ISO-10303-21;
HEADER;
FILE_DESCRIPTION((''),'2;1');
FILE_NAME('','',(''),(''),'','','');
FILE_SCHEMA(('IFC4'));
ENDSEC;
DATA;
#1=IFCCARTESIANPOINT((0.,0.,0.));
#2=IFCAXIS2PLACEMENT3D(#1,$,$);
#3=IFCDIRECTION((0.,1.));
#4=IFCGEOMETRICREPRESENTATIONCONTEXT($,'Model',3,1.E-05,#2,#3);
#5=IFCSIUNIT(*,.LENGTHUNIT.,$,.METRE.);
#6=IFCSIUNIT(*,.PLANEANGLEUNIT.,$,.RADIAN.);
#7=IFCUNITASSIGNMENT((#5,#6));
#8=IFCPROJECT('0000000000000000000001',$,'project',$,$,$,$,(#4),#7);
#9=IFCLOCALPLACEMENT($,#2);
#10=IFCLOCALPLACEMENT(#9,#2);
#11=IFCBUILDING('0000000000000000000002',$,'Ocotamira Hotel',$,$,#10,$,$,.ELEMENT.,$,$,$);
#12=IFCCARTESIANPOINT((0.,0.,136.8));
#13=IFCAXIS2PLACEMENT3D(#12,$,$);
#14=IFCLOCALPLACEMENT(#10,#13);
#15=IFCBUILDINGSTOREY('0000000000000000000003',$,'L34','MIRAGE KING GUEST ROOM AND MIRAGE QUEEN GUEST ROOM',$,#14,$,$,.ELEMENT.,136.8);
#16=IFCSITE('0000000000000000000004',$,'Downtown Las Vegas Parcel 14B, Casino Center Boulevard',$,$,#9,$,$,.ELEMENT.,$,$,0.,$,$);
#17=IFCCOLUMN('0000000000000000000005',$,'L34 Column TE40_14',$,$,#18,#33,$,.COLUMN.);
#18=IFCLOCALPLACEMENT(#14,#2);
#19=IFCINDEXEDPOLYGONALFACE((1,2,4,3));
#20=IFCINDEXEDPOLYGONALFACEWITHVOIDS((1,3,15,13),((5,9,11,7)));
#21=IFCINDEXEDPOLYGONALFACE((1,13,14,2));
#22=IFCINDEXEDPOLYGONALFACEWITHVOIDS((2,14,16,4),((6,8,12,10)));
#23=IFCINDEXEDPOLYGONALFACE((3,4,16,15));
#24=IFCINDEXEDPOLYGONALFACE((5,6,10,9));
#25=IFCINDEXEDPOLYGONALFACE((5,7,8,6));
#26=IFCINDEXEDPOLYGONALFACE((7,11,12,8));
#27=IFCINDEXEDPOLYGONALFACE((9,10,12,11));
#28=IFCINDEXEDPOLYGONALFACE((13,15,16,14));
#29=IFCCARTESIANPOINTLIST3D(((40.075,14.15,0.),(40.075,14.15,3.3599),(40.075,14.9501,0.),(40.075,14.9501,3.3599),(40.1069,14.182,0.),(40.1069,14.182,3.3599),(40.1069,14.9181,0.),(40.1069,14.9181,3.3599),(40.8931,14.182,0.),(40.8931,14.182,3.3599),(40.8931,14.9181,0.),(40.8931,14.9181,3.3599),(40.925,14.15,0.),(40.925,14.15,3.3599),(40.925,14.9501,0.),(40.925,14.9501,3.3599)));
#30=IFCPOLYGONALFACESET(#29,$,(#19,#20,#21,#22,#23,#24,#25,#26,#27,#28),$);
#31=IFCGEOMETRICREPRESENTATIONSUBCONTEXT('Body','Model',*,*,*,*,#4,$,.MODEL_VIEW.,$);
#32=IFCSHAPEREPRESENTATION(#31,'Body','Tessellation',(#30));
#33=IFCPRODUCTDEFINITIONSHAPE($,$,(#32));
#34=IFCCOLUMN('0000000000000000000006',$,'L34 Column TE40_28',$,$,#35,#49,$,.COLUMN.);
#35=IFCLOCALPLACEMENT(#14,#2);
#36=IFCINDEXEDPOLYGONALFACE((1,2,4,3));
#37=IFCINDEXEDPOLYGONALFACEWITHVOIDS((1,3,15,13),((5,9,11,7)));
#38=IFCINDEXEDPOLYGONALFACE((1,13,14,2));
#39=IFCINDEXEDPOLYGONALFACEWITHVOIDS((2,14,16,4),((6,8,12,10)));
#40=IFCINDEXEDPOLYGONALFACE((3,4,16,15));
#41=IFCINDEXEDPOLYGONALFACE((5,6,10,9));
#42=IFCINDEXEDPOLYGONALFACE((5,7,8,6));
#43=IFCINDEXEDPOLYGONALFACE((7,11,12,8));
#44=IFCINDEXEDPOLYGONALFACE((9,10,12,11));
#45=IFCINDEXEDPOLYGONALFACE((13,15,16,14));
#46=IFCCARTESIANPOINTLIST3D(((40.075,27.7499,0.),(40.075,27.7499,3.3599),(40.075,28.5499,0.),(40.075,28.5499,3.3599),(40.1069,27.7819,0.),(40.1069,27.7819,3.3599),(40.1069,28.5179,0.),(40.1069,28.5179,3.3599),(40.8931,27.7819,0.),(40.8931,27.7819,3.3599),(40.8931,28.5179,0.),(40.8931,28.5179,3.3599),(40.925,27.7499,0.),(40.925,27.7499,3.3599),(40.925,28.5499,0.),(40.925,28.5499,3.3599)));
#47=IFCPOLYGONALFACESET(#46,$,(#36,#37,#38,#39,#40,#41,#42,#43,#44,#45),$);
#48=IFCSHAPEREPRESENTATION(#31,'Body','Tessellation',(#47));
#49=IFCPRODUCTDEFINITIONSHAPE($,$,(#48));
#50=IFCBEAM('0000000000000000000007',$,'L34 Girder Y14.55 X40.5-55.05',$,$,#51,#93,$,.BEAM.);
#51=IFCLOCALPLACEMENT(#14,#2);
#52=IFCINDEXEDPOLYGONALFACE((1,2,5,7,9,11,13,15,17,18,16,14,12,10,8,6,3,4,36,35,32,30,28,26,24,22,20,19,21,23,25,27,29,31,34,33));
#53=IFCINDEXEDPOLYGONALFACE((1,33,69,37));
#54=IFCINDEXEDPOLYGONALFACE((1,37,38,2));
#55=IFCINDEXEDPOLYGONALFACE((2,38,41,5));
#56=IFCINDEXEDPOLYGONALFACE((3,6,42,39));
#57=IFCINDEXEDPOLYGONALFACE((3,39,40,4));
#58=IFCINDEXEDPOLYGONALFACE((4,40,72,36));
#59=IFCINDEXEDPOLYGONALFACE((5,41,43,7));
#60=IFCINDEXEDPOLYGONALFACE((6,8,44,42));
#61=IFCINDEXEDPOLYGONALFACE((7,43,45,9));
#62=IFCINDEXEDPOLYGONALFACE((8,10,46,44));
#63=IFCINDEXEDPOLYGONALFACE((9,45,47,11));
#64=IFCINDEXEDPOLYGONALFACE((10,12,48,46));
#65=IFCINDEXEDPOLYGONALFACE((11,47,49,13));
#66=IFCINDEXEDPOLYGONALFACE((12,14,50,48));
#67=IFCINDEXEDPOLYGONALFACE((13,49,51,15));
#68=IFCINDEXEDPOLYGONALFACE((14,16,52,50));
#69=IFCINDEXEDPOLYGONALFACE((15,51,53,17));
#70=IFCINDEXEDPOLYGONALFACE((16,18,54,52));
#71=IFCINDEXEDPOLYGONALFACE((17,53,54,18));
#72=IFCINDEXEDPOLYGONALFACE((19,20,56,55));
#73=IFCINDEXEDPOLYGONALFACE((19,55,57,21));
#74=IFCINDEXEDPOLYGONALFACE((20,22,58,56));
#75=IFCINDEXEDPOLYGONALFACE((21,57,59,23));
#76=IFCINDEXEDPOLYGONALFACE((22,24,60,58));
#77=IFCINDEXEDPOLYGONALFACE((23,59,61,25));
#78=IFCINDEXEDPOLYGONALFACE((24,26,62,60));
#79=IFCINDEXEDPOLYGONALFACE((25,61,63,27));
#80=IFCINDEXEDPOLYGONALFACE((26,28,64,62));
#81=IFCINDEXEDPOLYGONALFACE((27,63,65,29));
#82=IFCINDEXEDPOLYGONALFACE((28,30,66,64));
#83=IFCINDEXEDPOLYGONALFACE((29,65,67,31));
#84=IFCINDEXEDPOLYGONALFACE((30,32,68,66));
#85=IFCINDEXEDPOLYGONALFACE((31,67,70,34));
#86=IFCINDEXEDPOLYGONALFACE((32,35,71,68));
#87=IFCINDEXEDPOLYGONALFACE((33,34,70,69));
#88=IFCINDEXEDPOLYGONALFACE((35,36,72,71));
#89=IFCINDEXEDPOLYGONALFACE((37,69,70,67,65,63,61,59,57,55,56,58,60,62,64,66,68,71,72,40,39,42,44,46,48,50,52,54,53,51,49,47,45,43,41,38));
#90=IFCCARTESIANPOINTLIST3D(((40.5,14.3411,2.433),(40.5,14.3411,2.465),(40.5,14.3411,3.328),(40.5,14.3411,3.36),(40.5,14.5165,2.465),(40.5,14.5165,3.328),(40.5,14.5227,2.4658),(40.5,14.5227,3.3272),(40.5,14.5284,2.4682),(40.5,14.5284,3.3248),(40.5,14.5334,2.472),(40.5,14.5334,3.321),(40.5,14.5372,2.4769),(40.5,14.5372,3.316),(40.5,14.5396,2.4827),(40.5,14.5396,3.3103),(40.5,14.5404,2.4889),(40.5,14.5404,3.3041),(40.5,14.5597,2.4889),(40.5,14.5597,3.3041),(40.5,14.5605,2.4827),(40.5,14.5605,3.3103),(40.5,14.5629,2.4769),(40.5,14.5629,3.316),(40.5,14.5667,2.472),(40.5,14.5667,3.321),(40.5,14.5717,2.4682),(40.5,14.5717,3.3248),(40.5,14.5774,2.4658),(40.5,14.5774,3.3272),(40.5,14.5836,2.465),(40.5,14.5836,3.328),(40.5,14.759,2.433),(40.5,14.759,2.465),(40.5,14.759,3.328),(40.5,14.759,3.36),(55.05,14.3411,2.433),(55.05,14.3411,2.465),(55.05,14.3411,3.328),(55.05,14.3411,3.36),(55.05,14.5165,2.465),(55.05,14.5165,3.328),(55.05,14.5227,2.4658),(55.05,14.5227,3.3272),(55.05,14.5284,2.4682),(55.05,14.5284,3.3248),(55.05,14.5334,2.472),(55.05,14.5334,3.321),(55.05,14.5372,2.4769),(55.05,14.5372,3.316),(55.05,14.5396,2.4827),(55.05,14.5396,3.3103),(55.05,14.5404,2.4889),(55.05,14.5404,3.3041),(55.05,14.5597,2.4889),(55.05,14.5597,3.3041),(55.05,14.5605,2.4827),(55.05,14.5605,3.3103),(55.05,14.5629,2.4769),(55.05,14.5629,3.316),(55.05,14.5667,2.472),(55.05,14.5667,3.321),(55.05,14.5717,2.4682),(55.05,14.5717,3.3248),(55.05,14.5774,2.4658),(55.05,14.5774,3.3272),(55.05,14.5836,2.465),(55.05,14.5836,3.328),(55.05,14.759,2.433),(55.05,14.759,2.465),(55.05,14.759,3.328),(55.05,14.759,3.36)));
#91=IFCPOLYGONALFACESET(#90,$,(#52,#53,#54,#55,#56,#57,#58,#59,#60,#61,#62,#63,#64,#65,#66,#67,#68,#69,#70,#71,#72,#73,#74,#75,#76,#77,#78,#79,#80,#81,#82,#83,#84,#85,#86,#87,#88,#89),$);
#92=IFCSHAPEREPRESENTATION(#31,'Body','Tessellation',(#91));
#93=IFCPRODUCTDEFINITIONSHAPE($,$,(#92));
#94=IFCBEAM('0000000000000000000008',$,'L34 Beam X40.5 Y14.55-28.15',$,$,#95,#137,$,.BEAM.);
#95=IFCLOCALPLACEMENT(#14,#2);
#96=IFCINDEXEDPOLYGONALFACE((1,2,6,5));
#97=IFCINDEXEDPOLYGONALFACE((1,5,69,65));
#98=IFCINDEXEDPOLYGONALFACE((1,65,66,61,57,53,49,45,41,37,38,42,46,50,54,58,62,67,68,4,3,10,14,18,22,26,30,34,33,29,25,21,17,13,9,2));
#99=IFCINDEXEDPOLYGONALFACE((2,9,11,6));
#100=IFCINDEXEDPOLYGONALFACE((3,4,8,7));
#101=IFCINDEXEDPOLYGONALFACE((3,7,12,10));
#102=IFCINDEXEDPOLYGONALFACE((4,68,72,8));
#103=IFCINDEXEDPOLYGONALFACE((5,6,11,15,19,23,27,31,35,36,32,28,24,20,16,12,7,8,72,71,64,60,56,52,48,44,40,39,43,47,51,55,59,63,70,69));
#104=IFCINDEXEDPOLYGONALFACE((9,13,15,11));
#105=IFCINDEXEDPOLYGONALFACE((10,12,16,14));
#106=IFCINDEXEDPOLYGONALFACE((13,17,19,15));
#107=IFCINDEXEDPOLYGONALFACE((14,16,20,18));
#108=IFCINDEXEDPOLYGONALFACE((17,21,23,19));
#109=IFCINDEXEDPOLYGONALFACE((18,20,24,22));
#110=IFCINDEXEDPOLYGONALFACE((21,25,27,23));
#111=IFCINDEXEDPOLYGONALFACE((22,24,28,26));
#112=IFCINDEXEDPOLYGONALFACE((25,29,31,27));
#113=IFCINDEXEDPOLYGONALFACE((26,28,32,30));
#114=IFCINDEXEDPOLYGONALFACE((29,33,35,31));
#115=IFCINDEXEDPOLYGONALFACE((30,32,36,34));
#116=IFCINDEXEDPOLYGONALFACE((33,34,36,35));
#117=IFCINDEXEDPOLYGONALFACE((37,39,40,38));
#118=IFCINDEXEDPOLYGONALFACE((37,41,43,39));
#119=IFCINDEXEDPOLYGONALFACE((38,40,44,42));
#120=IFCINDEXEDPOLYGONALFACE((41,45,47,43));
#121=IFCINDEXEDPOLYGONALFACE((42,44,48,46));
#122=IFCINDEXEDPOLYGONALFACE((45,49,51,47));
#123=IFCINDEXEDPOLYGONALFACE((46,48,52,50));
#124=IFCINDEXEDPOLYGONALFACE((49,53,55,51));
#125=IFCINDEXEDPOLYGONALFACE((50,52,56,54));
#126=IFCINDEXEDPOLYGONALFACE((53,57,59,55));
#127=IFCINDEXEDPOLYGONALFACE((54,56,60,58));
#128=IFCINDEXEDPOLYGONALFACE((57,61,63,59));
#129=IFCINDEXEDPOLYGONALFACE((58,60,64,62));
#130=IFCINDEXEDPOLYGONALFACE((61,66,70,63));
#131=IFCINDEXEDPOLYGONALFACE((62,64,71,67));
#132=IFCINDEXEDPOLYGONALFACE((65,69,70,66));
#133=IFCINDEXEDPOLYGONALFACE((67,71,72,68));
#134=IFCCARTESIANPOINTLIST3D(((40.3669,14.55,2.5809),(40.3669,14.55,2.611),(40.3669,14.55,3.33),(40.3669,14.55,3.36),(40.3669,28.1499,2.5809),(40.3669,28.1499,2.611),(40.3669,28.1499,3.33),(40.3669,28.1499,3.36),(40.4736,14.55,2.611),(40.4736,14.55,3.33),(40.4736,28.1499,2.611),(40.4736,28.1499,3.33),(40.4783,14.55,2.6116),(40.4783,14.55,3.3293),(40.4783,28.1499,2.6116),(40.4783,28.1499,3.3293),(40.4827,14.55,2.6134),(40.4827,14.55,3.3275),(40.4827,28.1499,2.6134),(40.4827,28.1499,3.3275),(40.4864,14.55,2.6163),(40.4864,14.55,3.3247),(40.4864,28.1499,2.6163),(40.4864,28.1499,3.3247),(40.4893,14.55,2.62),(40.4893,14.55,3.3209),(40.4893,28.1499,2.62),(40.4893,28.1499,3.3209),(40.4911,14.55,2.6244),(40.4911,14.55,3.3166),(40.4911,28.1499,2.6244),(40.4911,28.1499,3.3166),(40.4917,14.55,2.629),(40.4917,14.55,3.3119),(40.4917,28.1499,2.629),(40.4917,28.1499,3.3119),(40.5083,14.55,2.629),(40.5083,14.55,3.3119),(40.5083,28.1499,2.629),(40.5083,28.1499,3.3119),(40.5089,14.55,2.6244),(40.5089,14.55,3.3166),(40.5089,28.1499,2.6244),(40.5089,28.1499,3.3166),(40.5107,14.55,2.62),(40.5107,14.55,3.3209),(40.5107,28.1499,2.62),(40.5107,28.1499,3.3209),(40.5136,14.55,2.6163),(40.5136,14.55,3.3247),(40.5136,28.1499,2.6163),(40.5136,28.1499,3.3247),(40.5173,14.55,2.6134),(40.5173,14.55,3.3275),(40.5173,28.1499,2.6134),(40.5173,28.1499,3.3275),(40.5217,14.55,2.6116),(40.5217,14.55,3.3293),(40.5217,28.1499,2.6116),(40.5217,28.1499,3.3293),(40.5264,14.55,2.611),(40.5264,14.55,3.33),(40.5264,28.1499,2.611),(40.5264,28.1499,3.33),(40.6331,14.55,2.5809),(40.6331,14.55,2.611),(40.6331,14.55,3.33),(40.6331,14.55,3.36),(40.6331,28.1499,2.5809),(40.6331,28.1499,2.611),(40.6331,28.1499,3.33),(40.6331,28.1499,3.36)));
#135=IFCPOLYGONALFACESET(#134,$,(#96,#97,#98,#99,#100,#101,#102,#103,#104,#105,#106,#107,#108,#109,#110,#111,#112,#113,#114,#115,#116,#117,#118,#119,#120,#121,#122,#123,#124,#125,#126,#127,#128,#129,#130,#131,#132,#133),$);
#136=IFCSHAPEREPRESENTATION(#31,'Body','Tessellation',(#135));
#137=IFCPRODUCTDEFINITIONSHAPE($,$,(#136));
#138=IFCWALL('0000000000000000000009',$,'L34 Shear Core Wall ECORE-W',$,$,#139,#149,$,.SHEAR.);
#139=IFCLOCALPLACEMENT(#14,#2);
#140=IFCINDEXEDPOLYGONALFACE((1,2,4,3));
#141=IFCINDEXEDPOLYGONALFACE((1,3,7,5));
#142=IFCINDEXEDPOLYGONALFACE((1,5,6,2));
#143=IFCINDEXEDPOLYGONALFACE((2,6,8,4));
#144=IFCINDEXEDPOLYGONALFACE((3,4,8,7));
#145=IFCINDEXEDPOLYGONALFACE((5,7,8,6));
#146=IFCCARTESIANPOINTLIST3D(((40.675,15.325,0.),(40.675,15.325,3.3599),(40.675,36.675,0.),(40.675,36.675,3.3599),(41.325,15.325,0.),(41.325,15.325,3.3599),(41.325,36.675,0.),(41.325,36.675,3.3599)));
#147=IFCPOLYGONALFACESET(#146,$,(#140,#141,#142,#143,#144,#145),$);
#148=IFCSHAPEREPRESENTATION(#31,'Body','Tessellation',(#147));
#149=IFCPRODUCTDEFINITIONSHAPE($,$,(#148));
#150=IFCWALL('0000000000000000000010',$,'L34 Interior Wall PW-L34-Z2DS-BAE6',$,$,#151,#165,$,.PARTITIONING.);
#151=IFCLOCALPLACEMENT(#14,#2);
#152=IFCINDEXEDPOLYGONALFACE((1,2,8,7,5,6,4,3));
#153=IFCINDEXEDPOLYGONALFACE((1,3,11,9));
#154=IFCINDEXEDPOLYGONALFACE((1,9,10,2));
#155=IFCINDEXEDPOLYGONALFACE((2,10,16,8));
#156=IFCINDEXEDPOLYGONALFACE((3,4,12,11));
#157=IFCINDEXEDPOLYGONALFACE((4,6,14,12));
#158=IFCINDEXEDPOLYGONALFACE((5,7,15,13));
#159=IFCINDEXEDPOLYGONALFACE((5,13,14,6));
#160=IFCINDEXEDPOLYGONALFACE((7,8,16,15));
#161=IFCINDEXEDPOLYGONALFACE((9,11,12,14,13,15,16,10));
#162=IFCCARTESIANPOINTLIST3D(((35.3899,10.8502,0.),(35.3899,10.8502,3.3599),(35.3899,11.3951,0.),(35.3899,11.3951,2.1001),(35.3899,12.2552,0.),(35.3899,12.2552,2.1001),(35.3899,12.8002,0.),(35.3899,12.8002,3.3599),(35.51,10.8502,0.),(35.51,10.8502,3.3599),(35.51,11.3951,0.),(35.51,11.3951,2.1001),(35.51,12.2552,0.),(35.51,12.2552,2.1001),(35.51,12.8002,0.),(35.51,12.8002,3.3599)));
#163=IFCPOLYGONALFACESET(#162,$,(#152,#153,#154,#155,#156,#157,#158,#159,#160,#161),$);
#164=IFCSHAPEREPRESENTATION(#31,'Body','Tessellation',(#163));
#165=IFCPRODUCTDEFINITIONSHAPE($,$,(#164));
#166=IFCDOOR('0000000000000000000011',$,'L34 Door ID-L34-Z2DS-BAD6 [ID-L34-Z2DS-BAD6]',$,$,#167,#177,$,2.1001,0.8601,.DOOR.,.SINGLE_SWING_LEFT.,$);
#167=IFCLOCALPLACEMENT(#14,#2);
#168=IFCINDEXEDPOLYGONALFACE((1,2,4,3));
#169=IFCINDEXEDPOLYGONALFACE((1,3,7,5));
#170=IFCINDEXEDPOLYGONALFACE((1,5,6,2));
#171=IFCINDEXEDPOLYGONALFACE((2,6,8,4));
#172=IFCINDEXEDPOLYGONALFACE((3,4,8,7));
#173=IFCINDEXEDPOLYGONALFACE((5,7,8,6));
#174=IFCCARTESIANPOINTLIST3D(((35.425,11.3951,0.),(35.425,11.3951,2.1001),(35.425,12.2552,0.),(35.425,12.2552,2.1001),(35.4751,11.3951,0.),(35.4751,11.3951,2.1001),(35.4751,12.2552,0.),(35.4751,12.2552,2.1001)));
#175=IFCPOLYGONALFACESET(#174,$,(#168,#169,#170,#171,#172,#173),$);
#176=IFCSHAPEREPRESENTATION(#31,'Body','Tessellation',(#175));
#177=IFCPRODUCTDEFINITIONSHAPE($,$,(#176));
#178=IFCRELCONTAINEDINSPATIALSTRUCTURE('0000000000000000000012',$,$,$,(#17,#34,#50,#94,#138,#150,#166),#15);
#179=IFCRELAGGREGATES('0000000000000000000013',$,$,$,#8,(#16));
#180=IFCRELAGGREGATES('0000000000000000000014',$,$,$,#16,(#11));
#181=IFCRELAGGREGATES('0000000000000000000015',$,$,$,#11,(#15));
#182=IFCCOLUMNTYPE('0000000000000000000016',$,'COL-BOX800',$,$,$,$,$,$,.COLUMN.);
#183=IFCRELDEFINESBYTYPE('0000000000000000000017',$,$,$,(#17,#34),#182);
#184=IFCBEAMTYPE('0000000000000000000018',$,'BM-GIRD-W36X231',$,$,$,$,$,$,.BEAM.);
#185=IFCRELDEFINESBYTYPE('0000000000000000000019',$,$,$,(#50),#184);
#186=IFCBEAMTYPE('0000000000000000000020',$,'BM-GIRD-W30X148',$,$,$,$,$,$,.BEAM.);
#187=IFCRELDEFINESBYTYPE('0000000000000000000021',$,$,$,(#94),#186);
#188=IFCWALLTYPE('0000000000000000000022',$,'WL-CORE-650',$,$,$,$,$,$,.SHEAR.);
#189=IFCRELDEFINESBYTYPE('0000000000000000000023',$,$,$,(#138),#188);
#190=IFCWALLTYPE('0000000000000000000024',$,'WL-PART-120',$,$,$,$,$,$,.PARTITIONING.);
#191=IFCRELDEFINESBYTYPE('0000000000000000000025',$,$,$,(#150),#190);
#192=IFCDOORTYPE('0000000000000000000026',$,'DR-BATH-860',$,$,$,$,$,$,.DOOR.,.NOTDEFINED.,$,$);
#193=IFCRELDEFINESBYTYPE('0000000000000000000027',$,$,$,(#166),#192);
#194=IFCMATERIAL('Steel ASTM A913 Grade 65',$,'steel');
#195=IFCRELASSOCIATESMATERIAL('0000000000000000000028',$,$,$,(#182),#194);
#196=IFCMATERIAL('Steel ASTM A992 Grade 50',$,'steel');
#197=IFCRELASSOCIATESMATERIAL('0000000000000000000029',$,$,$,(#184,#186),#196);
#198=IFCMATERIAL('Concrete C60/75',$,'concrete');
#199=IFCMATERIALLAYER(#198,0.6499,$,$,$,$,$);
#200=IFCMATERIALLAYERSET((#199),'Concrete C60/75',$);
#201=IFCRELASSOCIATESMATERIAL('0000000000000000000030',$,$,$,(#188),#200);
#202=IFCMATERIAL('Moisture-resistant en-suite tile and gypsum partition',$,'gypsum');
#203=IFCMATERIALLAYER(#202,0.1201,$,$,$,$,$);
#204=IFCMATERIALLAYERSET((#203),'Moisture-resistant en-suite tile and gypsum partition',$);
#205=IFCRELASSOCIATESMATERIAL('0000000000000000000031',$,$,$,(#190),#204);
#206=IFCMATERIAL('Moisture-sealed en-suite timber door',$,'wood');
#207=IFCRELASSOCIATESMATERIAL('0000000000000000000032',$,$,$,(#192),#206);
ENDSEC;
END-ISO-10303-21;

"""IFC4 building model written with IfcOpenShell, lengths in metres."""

from ifc_helpers import new_model, si_unit, direction, frame, frame_2d, origin, origin_2d, place, context, subcontext, project, spatial, rectangle, hollow_rectangle, i_section, extrude, source, transform, mapped, material, layer, layer_set, material_profile, profile_set, type_object, element, fill, save


model = new_model("IFC4")

# Units and contexts
model_context = context("Model", 3, precision=1e-05, world=origin(), true_north=direction((0.0, 1.0)))
body_context = subcontext(model_context, "Body", "Model", "MODEL_VIEW")
ifc_project = project(units=[si_unit("LENGTHUNIT", "METRE"), si_unit("PLANEANGLEUNIT", "RADIAN")], contexts=[model_context])

# Site, building, storey
site_placement = place(None, origin())
site = spatial("IfcSite", under=ifc_project, at=site_placement, Name="Downtown Las Vegas Parcel 14B, Casino Center Boulevard", CompositionType="ELEMENT", RefElevation=0.0)
building_placement = place(site_placement, origin())
building = spatial("IfcBuilding", under=site, at=building_placement, Name="Ocotamira Hotel", CompositionType="ELEMENT")
storey_placement = place(building_placement, frame((0.0, 0.0, 136.8)))
storey = spatial("IfcBuildingStorey", under=building, at=storey_placement, Name="L34", Description="MIRAGE KING GUEST ROOM AND MIRAGE QUEEN GUEST ROOM", CompositionType="ELEMENT", Elevation=136.8)

# Columns
ifc_material_1 = material(Name="Steel ASTM A913 Grade 65", Category="steel")
ifc_material_profile_1 = material_profile(ifc_material_1, hollow_rectangle(XDim=0.8501, YDim=0.8, WallThickness=0.032, at=origin_2d()), Name="BOX800X850X32")
ifc_profile_set_1 = profile_set([ifc_material_profile_1], Name="Steel ASTM A913 Grade 65")
column_type = type_object("IfcColumnType", Name="COL-BOX800", PredefinedType="COLUMN", material=ifc_profile_set_1)
shared_shape_1 = source(origin(), body_context, "Body", "SweptSolid", [
    extrude(hollow_rectangle(XDim=0.8501, YDim=0.8, WallThickness=0.032, at=origin_2d()), origin(), (0.0, 0.0, 1.0), 3.3599),
])
for number, where, z_axis, x_axis, name in (
    (1, (40.5, 14.55, 0.0), (0.0, 0.0, 1.0), (1.0, 0.0, 0.0), "L34 Column TE40_14"),
    (2, (40.5, 28.1499, 0.0), (0.0, 0.0, 1.0), (1.0, 0.0, 0.0), "L34 Column TE40_28"),
):
    element("IfcColumn", number, at=place(storey_placement, frame(where, z_axis=z_axis, x_axis=x_axis)), inside=storey, type_object=column_type, Name=name, PredefinedType="COLUMN", context=body_context, shape_type="MappedRepresentation", body=[
        mapped(shared_shape_1, transform((0.0, 0.0, 0.0), scale=1.0)),
    ])

# Beams
ifc_material_2 = material(Name="Steel ASTM A992 Grade 50", Category="steel")
ifc_material_profile_2 = material_profile(ifc_material_2, i_section(OverallWidth=0.418, OverallDepth=0.927, WebThickness=0.0193, FlangeThickness=0.032, FilletRadius=0.0239, at=origin_2d()), Name="W36X231")
ifc_profile_set_2 = profile_set([ifc_material_profile_2], Name="Steel ASTM A992 Grade 50")
beam_type_1 = type_object("IfcBeamType", Name="BM-GIRD-W36X231", PredefinedType="BEAM", material=ifc_profile_set_2)
shared_shape_2 = source(origin(), body_context, "Body", "SweptSolid", [
    extrude(i_section(OverallWidth=0.418, OverallDepth=0.927, WebThickness=0.0193, FlangeThickness=0.032, FilletRadius=0.0239, at=origin_2d()), origin(), (0.0, 0.0, 1.0), 14.55),
])
beam_1_placement = place(storey_placement, frame((40.5, 14.55, 2.8965), z_axis=(1.0, 0.0, 0.0), x_axis=(0.0, 1.0, 0.0)))
element("IfcBeam", 3, at=beam_1_placement, inside=storey, type_object=beam_type_1, Name="L34 Girder Y14.55 X40.5-55.05", PredefinedType="BEAM", context=body_context, shape_type="MappedRepresentation", body=[
    mapped(shared_shape_2, transform((0.0, 0.0, 0.0), scale=1.0)),
])
ifc_material_profile_3 = material_profile(ifc_material_2, i_section(OverallWidth=0.2661, OverallDepth=0.7791, WebThickness=0.0166, FlangeThickness=0.03, FilletRadius=0.0181, at=origin_2d()), Name="W30X148")
ifc_profile_set_3 = profile_set([ifc_material_profile_3], Name="Steel ASTM A992 Grade 50")
beam_type_2 = type_object("IfcBeamType", Name="BM-GIRD-W30X148", PredefinedType="BEAM", material=ifc_profile_set_3)
shared_shape_3 = source(origin(), body_context, "Body", "SweptSolid", [
    extrude(i_section(OverallWidth=0.2661, OverallDepth=0.7791, WebThickness=0.0166, FlangeThickness=0.03, FilletRadius=0.0181, at=origin_2d()), origin(), (0.0, 0.0, 1.0), 13.5999),
])
beam_2_placement = place(storey_placement, frame((40.5, 14.55, 2.9705), z_axis=(0.0, 1.0, 0.0), x_axis=(-1.0, 0.0, 0.0)))
element("IfcBeam", 4, at=beam_2_placement, inside=storey, type_object=beam_type_2, Name="L34 Beam X40.5 Y14.55-28.15", PredefinedType="BEAM", context=body_context, shape_type="MappedRepresentation", body=[
    mapped(shared_shape_3, transform((0.0, 0.0, 0.0), scale=1.0)),
])

# Shared definitions
ifc_material_3 = material(Name="Concrete C60/75", Category="concrete")
ifc_layer_1 = layer(ifc_material_3, 0.6499)
ifc_layer_set_1 = layer_set([ifc_layer_1], Name="Concrete C60/75")
wall_type_1 = type_object("IfcWallType", Name="WL-CORE-650", PredefinedType="SHEAR", material=ifc_layer_set_1)

# Wall
wall_1_placement = place(storey_placement, frame((41.0, 15.325, 0.0), z_axis=(0.0, 0.0, 1.0), x_axis=(0.0, 1.0, 0.0)))
element("IfcWall", 5, at=wall_1_placement, inside=storey, type_object=wall_type_1, Name="L34 Shear Core Wall ECORE-W", PredefinedType="SHEAR", context=body_context, shape_type="SweptSolid", body=[
    extrude(rectangle(XDim=21.3501, YDim=0.6499, at=frame_2d((10.675, 0.0))), origin(), (0.0, 0.0, 1.0), 3.3599),
])

# Wall, opening, door
ifc_material_4 = material(Name="Moisture-resistant en-suite tile and gypsum partition", Category="gypsum")
ifc_layer_2 = layer(ifc_material_4, 0.1201)
ifc_layer_set_2 = layer_set([ifc_layer_2], Name="Moisture-resistant en-suite tile and gypsum partition")
wall_type_2 = type_object("IfcWallType", Name="WL-PART-120", PredefinedType="PARTITIONING", material=ifc_layer_set_2)
wall_2_placement = place(storey_placement, frame((35.45, 10.8501, 0.0), z_axis=(0.0, 0.0, 1.0), x_axis=(0.0, 1.0, 0.0)))
wall_2 = element("IfcWall", 6, at=wall_2_placement, inside=storey, type_object=wall_type_2, Name="L34 Interior Wall PW-L34-Z2DS-BAE6", PredefinedType="PARTITIONING", context=body_context, shape_type="SweptSolid", body=[
    extrude(rectangle(XDim=1.95, YDim=0.1201, at=frame_2d((0.9751, 0.0))), origin(), (0.0, 0.0, 1.0), 3.3599),
])
opening_1_placement = place(wall_2_placement, frame((0.5449, 0.0, 0.0)))
opening_1 = element("IfcOpeningElement", 7, at=opening_1_placement, cuts=wall_2, PredefinedType="OPENING", context=body_context, shape_type="SweptSolid", body=[
    extrude(rectangle(XDim=0.8601, YDim=2.1001, at=frame_2d((0.4302, 1.05))), frame((0.0, 0.0701, 0.0), z_axis=(0.0, -1.0, 0.0), x_axis=(1.0, 0.0, 0.0)), (0.0, 0.0, 1.0), 0.1401),
])
ifc_material_5 = material(Name="Moisture-sealed en-suite timber door", Category="wood")
door_type_1 = type_object("IfcDoorType", Name="DR-BATH-860", OperationType="NOTDEFINED", PredefinedType="DOOR", material=ifc_material_5)
shared_shape_4 = source(origin(), body_context, "Body", "SweptSolid", [
    extrude(rectangle(XDim=0.8601, YDim=2.1001, at=frame_2d((0.4302, 1.05))), frame((0.0, 0.0249, 0.0), z_axis=(0.0, -1.0, 0.0), x_axis=(1.0, 0.0, 0.0)), (0.0, 0.0, 1.0), 0.05),
])
door_1_placement = place(opening_1_placement, origin())
door_1 = element("IfcDoor", 8, at=door_1_placement, inside=storey, type_object=door_type_1, Name="L34 Door ID-L34-Z2DS-BAD6 [ID-L34-Z2DS-BAD6]", OperationType="SINGLE_SWING_LEFT", OverallHeight=2.1001, OverallWidth=0.8601, PredefinedType="DOOR", context=body_context, shape_type="MappedRepresentation", body=[
    mapped(shared_shape_4, transform((0.0, 0.0, 0.0), scale=1.0)),
])
fill(opening_1, door_1)

save(model, "model.ifc")
